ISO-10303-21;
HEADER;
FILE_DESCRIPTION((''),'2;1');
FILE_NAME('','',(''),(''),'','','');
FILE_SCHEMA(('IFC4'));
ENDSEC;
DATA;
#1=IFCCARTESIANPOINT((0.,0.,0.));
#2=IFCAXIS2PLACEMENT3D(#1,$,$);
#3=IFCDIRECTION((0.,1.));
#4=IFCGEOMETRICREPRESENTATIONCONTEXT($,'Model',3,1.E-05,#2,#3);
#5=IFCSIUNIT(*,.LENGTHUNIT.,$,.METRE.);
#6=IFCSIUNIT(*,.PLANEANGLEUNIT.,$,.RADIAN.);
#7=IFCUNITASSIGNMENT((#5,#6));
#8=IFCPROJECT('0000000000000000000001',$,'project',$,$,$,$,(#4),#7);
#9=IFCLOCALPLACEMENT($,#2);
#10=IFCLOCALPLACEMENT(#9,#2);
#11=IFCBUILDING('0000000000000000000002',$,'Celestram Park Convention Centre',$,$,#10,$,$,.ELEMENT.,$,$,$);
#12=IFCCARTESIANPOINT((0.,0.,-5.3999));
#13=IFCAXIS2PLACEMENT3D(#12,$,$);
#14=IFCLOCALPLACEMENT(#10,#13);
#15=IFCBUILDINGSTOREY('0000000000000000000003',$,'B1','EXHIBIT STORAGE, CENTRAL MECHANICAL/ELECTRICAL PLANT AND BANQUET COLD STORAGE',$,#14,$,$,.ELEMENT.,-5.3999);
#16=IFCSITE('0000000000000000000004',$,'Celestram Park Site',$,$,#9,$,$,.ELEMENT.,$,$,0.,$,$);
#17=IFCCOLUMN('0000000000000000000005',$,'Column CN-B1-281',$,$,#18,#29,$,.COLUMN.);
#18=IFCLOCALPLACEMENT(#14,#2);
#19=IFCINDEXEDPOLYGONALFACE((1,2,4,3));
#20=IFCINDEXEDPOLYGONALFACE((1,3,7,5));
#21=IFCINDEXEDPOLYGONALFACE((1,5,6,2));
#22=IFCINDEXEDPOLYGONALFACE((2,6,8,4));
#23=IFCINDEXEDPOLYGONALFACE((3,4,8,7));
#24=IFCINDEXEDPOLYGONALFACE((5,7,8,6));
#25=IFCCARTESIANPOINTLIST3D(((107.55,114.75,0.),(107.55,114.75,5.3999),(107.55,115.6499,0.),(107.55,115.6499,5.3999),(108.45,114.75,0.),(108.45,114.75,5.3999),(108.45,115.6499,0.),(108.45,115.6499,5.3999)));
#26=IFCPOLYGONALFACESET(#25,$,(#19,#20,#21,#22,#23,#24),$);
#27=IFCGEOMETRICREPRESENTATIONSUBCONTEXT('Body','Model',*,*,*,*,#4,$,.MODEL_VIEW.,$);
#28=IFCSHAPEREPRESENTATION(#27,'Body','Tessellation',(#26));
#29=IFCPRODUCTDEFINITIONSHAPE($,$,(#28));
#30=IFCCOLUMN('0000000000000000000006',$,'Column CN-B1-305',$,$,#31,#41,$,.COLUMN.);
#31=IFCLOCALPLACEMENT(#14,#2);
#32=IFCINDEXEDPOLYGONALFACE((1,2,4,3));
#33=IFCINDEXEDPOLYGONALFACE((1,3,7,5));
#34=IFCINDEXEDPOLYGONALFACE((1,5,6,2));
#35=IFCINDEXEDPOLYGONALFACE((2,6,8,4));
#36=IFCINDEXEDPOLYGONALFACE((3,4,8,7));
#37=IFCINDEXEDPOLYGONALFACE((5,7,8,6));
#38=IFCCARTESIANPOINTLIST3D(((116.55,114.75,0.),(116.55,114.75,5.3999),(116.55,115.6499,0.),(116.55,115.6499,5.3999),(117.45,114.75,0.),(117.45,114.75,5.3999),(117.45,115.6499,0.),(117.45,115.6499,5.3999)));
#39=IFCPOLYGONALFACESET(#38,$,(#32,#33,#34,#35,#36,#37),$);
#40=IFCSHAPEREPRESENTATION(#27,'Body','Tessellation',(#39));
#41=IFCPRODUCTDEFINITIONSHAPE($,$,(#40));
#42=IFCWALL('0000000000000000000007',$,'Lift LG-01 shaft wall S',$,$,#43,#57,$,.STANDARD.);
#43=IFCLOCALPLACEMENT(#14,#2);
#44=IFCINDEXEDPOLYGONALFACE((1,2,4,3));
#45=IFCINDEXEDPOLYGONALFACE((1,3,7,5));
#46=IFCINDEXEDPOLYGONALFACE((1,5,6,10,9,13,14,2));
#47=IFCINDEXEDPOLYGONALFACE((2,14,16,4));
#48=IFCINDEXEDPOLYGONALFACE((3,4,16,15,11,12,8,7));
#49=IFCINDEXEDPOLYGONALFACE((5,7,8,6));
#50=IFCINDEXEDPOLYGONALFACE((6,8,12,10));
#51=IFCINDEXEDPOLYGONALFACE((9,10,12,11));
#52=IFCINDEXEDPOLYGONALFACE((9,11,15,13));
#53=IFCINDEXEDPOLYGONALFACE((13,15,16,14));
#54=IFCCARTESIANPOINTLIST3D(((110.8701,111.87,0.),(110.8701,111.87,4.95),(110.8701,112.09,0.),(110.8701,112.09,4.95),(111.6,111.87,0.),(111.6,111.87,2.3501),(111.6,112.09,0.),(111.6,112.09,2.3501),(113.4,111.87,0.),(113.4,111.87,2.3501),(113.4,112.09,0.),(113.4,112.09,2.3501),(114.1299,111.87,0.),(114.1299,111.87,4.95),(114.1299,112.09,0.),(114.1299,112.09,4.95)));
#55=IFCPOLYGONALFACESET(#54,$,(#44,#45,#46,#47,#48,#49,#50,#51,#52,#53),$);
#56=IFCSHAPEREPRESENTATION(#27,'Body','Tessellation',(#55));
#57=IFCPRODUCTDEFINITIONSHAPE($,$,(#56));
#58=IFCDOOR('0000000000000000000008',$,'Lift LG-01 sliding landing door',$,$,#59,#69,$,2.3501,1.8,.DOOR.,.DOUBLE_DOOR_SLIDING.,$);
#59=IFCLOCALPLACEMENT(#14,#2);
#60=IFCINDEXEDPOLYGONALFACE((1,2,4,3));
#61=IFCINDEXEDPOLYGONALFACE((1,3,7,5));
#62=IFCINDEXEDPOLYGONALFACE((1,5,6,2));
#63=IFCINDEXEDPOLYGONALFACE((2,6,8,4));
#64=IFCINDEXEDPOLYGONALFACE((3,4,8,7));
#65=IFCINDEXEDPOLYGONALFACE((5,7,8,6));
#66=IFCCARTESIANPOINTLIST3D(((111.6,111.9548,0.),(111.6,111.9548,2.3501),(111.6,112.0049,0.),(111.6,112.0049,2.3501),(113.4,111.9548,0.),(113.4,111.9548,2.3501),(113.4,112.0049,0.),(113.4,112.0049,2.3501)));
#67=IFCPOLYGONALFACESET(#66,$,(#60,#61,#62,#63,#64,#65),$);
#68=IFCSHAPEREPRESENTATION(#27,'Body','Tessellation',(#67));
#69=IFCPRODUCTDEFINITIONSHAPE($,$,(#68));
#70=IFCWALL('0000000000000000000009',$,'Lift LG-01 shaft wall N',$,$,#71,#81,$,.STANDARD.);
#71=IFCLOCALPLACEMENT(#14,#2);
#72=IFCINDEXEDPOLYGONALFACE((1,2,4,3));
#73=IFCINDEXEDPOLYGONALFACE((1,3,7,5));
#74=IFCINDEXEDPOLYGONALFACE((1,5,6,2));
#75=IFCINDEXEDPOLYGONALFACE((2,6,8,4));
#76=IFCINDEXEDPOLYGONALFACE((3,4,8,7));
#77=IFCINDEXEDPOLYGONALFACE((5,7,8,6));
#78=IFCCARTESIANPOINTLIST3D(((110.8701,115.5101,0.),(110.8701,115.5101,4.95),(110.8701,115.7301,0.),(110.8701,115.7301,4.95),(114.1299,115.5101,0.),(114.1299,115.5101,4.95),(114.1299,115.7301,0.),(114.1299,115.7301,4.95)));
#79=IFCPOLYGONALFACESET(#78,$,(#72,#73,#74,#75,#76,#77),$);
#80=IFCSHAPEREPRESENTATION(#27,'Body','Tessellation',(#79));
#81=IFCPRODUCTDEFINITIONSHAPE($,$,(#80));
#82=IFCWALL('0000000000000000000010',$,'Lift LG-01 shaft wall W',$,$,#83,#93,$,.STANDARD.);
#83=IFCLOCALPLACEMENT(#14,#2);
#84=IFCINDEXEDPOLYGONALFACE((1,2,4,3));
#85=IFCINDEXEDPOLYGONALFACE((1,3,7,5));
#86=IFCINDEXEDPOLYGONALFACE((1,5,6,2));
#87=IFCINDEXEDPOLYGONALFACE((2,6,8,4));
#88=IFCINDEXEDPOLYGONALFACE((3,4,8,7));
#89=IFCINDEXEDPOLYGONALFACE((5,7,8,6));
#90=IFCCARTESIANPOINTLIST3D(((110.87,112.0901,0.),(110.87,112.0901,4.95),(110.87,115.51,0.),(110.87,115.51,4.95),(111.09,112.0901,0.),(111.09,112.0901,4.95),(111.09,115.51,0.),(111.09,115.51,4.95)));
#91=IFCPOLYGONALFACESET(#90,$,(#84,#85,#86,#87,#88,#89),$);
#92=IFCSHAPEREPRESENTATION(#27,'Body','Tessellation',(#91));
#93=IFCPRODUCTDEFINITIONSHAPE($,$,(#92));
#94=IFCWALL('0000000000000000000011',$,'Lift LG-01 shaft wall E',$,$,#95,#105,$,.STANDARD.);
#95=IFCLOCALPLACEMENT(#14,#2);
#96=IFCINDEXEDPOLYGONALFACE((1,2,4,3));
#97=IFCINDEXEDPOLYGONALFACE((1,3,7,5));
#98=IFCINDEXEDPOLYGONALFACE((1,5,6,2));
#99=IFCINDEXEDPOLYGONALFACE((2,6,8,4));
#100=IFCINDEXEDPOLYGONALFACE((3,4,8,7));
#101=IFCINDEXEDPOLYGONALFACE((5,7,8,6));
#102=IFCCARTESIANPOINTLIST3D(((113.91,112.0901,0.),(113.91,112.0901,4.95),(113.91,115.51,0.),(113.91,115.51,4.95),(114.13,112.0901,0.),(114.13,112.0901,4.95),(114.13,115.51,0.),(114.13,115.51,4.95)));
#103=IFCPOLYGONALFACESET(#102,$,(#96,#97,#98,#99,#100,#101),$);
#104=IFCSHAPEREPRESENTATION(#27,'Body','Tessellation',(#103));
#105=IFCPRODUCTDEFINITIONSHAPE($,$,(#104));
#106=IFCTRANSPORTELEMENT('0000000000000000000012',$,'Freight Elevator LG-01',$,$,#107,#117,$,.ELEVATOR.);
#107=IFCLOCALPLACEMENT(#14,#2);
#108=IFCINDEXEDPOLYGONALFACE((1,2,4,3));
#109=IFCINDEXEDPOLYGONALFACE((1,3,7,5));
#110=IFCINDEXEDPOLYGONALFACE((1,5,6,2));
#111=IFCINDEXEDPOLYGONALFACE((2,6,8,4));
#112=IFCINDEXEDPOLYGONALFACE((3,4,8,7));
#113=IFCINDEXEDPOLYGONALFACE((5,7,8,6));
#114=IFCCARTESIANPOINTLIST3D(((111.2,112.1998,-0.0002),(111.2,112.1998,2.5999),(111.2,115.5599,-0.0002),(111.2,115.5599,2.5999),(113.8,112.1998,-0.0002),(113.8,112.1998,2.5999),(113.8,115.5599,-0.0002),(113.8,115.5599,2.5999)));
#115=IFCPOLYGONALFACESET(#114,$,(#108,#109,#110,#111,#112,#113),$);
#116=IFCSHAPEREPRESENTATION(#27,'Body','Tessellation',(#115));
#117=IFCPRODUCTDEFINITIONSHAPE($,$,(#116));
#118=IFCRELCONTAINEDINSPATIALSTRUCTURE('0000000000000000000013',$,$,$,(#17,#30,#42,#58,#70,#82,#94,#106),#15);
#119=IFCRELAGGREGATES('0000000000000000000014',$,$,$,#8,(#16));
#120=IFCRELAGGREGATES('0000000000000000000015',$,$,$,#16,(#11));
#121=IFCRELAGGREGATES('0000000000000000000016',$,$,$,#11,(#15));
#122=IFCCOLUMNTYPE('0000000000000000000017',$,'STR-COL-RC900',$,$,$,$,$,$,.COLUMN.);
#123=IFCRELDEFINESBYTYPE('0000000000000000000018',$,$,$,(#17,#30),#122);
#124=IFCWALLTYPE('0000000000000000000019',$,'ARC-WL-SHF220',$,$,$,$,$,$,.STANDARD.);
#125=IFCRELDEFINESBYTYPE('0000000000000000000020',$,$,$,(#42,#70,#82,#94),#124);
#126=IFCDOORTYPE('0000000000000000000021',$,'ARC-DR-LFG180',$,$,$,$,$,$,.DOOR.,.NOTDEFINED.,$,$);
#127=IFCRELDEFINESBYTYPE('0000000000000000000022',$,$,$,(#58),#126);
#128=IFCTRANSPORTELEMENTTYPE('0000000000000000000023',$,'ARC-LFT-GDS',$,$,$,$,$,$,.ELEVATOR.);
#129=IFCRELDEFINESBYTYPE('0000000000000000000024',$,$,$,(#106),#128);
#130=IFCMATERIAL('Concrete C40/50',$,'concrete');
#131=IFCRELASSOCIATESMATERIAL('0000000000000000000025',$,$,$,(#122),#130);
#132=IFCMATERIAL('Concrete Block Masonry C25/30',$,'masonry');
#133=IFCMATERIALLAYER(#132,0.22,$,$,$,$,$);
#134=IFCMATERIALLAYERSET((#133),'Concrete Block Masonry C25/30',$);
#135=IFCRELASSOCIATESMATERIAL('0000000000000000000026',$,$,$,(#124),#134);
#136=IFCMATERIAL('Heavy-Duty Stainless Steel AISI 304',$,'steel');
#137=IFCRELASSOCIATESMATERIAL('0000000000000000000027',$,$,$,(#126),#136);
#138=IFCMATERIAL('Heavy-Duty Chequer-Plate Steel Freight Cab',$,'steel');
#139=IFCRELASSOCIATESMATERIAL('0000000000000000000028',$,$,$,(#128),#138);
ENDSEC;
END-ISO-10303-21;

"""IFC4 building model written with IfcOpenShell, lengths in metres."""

from ifc_helpers import new_model, si_unit, direction, frame, frame_2d, origin, origin_2d, place, context, subcontext, project, spatial, rectangle, extrude, material, layer, layer_set, material_profile, profile_set, type_object, element, fill, save


model = new_model("IFC4")

# Units and contexts
model_context = context("Model", 3, precision=1e-05, world=origin(), true_north=direction((0.0, 1.0)))
body_context = subcontext(model_context, "Body", "Model", "MODEL_VIEW")
ifc_project = project(units=[si_unit("LENGTHUNIT", "METRE"), si_unit("PLANEANGLEUNIT", "RADIAN")], contexts=[model_context])

# Site, building, storey
site_placement = place(None, origin())
site = spatial("IfcSite", under=ifc_project, at=site_placement, Name="Celestram Park Site", CompositionType="ELEMENT", RefElevation=0.0)
building_placement = place(site_placement, origin())
building = spatial("IfcBuilding", under=site, at=building_placement, Name="Celestram Park Convention Centre", CompositionType="ELEMENT")
storey_placement = place(building_placement, frame((0.0, 0.0, -5.3999)))
storey = spatial("IfcBuildingStorey", under=building, at=storey_placement, Name="B1", Description="EXHIBIT STORAGE, CENTRAL MECHANICAL/ELECTRICAL PLANT AND BANQUET COLD STORAGE", CompositionType="ELEMENT", Elevation=-5.3999)

# Shared definitions
ifc_material_1 = material(Name="Concrete C40/50", Category="concrete")

# Columns
ifc_material_profile_1 = material_profile(ifc_material_1, rectangle(XDim=0.8999, YDim=0.8999, at=origin_2d()), Name="RC900X900")
ifc_profile_set_1 = profile_set([ifc_material_profile_1], Name="Concrete C40/50")
column_type = type_object("IfcColumnType", Name="STR-COL-RC900", PredefinedType="COLUMN", material=ifc_profile_set_1)
for number, where, z_axis, x_axis, name in (
    (1, (108.0, 115.2, 0.0), (0.0, 0.0, 1.0), (1.0, 0.0, 0.0), "Column CN-B1-281"),
    (2, (117.0, 115.2, 0.0), (0.0, 0.0, 1.0), (1.0, 0.0, 0.0), "Column CN-B1-305"),
):
    element("IfcColumn", number, at=place(storey_placement, frame(where, z_axis=z_axis, x_axis=x_axis)), inside=storey, type_object=column_type, Name=name, PredefinedType="COLUMN", context=body_context, shape_type="SweptSolid", body=[
        extrude(rectangle(XDim=0.8999, YDim=0.8999, at=origin_2d()), origin(), (0.0, 0.0, 1.0), 5.3999),
    ])

# Wall, opening, door
ifc_material_2 = material(Name="Concrete Block Masonry C25/30", Category="masonry")
ifc_layer_1 = layer(ifc_material_2, 0.22)
ifc_layer_set_1 = layer_set([ifc_layer_1], Name="Concrete Block Masonry C25/30")
wall_type = type_object("IfcWallType", Name="ARC-WL-SHF220", PredefinedType="STANDARD", material=ifc_layer_set_1)
wall_1_placement = place(storey_placement, frame((110.8701, 111.98, 0.0), z_axis=(0.0, 0.0, 1.0), x_axis=(1.0, 0.0, 0.0)))
wall_1 = element("IfcWall", 3, at=wall_1_placement, inside=storey, type_object=wall_type, Name="Lift LG-01 shaft wall S", PredefinedType="STANDARD", context=body_context, shape_type="SweptSolid", body=[
    extrude(rectangle(XDim=3.2598, YDim=0.22, at=frame_2d((1.6299, 0.0))), origin(), (0.0, 0.0, 1.0), 4.95),
])
opening_placement = place(wall_1_placement, frame((0.73, 0.0, 0.0)))
opening = element("IfcOpeningElement", 4, at=opening_placement, cuts=wall_1, PredefinedType="OPENING", context=body_context, shape_type="SweptSolid", body=[
    extrude(rectangle(XDim=1.8, YDim=2.3501, at=frame_2d((0.8999, 1.175))), frame((0.0, 0.1199, 0.0), z_axis=(0.0, -1.0, 0.0), x_axis=(1.0, 0.0, 0.0)), (0.0, 0.0, 1.0), 0.24),
])
ifc_material_3 = material(Name="Heavy-Duty Stainless Steel AISI 304", Category="steel")
door_type = type_object("IfcDoorType", Name="ARC-DR-LFG180", OperationType="NOTDEFINED", PredefinedType="DOOR", material=ifc_material_3)
door_placement = place(opening_placement, origin())
door = element("IfcDoor", 5, at=door_placement, inside=storey, type_object=door_type, Name="Lift LG-01 sliding landing door", OperationType="DOUBLE_DOOR_SLIDING", OverallHeight=2.3501, OverallWidth=1.8, PredefinedType="DOOR", context=body_context, shape_type="SweptSolid", body=[
    extrude(rectangle(XDim=1.8, YDim=2.3501, at=frame_2d((0.8999, 1.175))), frame((0.0, 0.0249, 0.0), z_axis=(0.0, -1.0, 0.0), x_axis=(1.0, 0.0, 0.0)), (0.0, 0.0, 1.0), 0.05),
])
fill(opening, door)

# Walls
wall_2_placement = place(storey_placement, frame((114.1299, 115.6201, 0.0), z_axis=(0.0, 0.0, 1.0), x_axis=(-1.0, 0.0, 0.0)))
element("IfcWall", 6, at=wall_2_placement, inside=storey, type_object=wall_type, Name="Lift LG-01 shaft wall N", PredefinedType="STANDARD", context=body_context, shape_type="SweptSolid", body=[
    extrude(rectangle(XDim=3.2598, YDim=0.22, at=frame_2d((1.6299, 0.0))), origin(), (0.0, 0.0, 1.0), 4.95),
])
for number, where, z_axis, x_axis, name in (
    (7, (110.98, 115.51, 0.0), (0.0, 0.0, 1.0), (0.0, -1.0, 0.0), "Lift LG-01 shaft wall W"),
    (8, (114.02, 112.0901, 0.0), (0.0, 0.0, 1.0), (0.0, 1.0, 0.0), "Lift LG-01 shaft wall E"),
):
    element("IfcWall", number, at=place(storey_placement, frame(where, z_axis=z_axis, x_axis=x_axis)), inside=storey, type_object=wall_type, Name=name, PredefinedType="STANDARD", context=body_context, shape_type="SweptSolid", body=[
        extrude(rectangle(XDim=3.4199, YDim=0.22, at=frame_2d((1.71, 0.0))), origin(), (0.0, 0.0, 1.0), 4.95),
    ])

# Transport element
ifc_material_4 = material(Name="Heavy-Duty Chequer-Plate Steel Freight Cab", Category="steel")
transport_element_type = type_object("IfcTransportElementType", Name="ARC-LFT-GDS", PredefinedType="ELEVATOR", material=ifc_material_4)
transport_element_placement = place(storey_placement, frame((112.5, 113.8799, -0.0002), z_axis=(0.0, 0.0, 1.0), x_axis=(1.0, 0.0, 0.0)))
element("IfcTransportElement", 9, at=transport_element_placement, inside=storey, type_object=transport_element_type, Name="Freight Elevator LG-01", PredefinedType="ELEVATOR", context=body_context, shape_type="SweptSolid", body=[
    extrude(rectangle(XDim=2.6001, YDim=3.3601, at=origin_2d()), origin(), (0.0, 0.0, 1.0), 2.6001),
])

save(model, "model.ifc")
